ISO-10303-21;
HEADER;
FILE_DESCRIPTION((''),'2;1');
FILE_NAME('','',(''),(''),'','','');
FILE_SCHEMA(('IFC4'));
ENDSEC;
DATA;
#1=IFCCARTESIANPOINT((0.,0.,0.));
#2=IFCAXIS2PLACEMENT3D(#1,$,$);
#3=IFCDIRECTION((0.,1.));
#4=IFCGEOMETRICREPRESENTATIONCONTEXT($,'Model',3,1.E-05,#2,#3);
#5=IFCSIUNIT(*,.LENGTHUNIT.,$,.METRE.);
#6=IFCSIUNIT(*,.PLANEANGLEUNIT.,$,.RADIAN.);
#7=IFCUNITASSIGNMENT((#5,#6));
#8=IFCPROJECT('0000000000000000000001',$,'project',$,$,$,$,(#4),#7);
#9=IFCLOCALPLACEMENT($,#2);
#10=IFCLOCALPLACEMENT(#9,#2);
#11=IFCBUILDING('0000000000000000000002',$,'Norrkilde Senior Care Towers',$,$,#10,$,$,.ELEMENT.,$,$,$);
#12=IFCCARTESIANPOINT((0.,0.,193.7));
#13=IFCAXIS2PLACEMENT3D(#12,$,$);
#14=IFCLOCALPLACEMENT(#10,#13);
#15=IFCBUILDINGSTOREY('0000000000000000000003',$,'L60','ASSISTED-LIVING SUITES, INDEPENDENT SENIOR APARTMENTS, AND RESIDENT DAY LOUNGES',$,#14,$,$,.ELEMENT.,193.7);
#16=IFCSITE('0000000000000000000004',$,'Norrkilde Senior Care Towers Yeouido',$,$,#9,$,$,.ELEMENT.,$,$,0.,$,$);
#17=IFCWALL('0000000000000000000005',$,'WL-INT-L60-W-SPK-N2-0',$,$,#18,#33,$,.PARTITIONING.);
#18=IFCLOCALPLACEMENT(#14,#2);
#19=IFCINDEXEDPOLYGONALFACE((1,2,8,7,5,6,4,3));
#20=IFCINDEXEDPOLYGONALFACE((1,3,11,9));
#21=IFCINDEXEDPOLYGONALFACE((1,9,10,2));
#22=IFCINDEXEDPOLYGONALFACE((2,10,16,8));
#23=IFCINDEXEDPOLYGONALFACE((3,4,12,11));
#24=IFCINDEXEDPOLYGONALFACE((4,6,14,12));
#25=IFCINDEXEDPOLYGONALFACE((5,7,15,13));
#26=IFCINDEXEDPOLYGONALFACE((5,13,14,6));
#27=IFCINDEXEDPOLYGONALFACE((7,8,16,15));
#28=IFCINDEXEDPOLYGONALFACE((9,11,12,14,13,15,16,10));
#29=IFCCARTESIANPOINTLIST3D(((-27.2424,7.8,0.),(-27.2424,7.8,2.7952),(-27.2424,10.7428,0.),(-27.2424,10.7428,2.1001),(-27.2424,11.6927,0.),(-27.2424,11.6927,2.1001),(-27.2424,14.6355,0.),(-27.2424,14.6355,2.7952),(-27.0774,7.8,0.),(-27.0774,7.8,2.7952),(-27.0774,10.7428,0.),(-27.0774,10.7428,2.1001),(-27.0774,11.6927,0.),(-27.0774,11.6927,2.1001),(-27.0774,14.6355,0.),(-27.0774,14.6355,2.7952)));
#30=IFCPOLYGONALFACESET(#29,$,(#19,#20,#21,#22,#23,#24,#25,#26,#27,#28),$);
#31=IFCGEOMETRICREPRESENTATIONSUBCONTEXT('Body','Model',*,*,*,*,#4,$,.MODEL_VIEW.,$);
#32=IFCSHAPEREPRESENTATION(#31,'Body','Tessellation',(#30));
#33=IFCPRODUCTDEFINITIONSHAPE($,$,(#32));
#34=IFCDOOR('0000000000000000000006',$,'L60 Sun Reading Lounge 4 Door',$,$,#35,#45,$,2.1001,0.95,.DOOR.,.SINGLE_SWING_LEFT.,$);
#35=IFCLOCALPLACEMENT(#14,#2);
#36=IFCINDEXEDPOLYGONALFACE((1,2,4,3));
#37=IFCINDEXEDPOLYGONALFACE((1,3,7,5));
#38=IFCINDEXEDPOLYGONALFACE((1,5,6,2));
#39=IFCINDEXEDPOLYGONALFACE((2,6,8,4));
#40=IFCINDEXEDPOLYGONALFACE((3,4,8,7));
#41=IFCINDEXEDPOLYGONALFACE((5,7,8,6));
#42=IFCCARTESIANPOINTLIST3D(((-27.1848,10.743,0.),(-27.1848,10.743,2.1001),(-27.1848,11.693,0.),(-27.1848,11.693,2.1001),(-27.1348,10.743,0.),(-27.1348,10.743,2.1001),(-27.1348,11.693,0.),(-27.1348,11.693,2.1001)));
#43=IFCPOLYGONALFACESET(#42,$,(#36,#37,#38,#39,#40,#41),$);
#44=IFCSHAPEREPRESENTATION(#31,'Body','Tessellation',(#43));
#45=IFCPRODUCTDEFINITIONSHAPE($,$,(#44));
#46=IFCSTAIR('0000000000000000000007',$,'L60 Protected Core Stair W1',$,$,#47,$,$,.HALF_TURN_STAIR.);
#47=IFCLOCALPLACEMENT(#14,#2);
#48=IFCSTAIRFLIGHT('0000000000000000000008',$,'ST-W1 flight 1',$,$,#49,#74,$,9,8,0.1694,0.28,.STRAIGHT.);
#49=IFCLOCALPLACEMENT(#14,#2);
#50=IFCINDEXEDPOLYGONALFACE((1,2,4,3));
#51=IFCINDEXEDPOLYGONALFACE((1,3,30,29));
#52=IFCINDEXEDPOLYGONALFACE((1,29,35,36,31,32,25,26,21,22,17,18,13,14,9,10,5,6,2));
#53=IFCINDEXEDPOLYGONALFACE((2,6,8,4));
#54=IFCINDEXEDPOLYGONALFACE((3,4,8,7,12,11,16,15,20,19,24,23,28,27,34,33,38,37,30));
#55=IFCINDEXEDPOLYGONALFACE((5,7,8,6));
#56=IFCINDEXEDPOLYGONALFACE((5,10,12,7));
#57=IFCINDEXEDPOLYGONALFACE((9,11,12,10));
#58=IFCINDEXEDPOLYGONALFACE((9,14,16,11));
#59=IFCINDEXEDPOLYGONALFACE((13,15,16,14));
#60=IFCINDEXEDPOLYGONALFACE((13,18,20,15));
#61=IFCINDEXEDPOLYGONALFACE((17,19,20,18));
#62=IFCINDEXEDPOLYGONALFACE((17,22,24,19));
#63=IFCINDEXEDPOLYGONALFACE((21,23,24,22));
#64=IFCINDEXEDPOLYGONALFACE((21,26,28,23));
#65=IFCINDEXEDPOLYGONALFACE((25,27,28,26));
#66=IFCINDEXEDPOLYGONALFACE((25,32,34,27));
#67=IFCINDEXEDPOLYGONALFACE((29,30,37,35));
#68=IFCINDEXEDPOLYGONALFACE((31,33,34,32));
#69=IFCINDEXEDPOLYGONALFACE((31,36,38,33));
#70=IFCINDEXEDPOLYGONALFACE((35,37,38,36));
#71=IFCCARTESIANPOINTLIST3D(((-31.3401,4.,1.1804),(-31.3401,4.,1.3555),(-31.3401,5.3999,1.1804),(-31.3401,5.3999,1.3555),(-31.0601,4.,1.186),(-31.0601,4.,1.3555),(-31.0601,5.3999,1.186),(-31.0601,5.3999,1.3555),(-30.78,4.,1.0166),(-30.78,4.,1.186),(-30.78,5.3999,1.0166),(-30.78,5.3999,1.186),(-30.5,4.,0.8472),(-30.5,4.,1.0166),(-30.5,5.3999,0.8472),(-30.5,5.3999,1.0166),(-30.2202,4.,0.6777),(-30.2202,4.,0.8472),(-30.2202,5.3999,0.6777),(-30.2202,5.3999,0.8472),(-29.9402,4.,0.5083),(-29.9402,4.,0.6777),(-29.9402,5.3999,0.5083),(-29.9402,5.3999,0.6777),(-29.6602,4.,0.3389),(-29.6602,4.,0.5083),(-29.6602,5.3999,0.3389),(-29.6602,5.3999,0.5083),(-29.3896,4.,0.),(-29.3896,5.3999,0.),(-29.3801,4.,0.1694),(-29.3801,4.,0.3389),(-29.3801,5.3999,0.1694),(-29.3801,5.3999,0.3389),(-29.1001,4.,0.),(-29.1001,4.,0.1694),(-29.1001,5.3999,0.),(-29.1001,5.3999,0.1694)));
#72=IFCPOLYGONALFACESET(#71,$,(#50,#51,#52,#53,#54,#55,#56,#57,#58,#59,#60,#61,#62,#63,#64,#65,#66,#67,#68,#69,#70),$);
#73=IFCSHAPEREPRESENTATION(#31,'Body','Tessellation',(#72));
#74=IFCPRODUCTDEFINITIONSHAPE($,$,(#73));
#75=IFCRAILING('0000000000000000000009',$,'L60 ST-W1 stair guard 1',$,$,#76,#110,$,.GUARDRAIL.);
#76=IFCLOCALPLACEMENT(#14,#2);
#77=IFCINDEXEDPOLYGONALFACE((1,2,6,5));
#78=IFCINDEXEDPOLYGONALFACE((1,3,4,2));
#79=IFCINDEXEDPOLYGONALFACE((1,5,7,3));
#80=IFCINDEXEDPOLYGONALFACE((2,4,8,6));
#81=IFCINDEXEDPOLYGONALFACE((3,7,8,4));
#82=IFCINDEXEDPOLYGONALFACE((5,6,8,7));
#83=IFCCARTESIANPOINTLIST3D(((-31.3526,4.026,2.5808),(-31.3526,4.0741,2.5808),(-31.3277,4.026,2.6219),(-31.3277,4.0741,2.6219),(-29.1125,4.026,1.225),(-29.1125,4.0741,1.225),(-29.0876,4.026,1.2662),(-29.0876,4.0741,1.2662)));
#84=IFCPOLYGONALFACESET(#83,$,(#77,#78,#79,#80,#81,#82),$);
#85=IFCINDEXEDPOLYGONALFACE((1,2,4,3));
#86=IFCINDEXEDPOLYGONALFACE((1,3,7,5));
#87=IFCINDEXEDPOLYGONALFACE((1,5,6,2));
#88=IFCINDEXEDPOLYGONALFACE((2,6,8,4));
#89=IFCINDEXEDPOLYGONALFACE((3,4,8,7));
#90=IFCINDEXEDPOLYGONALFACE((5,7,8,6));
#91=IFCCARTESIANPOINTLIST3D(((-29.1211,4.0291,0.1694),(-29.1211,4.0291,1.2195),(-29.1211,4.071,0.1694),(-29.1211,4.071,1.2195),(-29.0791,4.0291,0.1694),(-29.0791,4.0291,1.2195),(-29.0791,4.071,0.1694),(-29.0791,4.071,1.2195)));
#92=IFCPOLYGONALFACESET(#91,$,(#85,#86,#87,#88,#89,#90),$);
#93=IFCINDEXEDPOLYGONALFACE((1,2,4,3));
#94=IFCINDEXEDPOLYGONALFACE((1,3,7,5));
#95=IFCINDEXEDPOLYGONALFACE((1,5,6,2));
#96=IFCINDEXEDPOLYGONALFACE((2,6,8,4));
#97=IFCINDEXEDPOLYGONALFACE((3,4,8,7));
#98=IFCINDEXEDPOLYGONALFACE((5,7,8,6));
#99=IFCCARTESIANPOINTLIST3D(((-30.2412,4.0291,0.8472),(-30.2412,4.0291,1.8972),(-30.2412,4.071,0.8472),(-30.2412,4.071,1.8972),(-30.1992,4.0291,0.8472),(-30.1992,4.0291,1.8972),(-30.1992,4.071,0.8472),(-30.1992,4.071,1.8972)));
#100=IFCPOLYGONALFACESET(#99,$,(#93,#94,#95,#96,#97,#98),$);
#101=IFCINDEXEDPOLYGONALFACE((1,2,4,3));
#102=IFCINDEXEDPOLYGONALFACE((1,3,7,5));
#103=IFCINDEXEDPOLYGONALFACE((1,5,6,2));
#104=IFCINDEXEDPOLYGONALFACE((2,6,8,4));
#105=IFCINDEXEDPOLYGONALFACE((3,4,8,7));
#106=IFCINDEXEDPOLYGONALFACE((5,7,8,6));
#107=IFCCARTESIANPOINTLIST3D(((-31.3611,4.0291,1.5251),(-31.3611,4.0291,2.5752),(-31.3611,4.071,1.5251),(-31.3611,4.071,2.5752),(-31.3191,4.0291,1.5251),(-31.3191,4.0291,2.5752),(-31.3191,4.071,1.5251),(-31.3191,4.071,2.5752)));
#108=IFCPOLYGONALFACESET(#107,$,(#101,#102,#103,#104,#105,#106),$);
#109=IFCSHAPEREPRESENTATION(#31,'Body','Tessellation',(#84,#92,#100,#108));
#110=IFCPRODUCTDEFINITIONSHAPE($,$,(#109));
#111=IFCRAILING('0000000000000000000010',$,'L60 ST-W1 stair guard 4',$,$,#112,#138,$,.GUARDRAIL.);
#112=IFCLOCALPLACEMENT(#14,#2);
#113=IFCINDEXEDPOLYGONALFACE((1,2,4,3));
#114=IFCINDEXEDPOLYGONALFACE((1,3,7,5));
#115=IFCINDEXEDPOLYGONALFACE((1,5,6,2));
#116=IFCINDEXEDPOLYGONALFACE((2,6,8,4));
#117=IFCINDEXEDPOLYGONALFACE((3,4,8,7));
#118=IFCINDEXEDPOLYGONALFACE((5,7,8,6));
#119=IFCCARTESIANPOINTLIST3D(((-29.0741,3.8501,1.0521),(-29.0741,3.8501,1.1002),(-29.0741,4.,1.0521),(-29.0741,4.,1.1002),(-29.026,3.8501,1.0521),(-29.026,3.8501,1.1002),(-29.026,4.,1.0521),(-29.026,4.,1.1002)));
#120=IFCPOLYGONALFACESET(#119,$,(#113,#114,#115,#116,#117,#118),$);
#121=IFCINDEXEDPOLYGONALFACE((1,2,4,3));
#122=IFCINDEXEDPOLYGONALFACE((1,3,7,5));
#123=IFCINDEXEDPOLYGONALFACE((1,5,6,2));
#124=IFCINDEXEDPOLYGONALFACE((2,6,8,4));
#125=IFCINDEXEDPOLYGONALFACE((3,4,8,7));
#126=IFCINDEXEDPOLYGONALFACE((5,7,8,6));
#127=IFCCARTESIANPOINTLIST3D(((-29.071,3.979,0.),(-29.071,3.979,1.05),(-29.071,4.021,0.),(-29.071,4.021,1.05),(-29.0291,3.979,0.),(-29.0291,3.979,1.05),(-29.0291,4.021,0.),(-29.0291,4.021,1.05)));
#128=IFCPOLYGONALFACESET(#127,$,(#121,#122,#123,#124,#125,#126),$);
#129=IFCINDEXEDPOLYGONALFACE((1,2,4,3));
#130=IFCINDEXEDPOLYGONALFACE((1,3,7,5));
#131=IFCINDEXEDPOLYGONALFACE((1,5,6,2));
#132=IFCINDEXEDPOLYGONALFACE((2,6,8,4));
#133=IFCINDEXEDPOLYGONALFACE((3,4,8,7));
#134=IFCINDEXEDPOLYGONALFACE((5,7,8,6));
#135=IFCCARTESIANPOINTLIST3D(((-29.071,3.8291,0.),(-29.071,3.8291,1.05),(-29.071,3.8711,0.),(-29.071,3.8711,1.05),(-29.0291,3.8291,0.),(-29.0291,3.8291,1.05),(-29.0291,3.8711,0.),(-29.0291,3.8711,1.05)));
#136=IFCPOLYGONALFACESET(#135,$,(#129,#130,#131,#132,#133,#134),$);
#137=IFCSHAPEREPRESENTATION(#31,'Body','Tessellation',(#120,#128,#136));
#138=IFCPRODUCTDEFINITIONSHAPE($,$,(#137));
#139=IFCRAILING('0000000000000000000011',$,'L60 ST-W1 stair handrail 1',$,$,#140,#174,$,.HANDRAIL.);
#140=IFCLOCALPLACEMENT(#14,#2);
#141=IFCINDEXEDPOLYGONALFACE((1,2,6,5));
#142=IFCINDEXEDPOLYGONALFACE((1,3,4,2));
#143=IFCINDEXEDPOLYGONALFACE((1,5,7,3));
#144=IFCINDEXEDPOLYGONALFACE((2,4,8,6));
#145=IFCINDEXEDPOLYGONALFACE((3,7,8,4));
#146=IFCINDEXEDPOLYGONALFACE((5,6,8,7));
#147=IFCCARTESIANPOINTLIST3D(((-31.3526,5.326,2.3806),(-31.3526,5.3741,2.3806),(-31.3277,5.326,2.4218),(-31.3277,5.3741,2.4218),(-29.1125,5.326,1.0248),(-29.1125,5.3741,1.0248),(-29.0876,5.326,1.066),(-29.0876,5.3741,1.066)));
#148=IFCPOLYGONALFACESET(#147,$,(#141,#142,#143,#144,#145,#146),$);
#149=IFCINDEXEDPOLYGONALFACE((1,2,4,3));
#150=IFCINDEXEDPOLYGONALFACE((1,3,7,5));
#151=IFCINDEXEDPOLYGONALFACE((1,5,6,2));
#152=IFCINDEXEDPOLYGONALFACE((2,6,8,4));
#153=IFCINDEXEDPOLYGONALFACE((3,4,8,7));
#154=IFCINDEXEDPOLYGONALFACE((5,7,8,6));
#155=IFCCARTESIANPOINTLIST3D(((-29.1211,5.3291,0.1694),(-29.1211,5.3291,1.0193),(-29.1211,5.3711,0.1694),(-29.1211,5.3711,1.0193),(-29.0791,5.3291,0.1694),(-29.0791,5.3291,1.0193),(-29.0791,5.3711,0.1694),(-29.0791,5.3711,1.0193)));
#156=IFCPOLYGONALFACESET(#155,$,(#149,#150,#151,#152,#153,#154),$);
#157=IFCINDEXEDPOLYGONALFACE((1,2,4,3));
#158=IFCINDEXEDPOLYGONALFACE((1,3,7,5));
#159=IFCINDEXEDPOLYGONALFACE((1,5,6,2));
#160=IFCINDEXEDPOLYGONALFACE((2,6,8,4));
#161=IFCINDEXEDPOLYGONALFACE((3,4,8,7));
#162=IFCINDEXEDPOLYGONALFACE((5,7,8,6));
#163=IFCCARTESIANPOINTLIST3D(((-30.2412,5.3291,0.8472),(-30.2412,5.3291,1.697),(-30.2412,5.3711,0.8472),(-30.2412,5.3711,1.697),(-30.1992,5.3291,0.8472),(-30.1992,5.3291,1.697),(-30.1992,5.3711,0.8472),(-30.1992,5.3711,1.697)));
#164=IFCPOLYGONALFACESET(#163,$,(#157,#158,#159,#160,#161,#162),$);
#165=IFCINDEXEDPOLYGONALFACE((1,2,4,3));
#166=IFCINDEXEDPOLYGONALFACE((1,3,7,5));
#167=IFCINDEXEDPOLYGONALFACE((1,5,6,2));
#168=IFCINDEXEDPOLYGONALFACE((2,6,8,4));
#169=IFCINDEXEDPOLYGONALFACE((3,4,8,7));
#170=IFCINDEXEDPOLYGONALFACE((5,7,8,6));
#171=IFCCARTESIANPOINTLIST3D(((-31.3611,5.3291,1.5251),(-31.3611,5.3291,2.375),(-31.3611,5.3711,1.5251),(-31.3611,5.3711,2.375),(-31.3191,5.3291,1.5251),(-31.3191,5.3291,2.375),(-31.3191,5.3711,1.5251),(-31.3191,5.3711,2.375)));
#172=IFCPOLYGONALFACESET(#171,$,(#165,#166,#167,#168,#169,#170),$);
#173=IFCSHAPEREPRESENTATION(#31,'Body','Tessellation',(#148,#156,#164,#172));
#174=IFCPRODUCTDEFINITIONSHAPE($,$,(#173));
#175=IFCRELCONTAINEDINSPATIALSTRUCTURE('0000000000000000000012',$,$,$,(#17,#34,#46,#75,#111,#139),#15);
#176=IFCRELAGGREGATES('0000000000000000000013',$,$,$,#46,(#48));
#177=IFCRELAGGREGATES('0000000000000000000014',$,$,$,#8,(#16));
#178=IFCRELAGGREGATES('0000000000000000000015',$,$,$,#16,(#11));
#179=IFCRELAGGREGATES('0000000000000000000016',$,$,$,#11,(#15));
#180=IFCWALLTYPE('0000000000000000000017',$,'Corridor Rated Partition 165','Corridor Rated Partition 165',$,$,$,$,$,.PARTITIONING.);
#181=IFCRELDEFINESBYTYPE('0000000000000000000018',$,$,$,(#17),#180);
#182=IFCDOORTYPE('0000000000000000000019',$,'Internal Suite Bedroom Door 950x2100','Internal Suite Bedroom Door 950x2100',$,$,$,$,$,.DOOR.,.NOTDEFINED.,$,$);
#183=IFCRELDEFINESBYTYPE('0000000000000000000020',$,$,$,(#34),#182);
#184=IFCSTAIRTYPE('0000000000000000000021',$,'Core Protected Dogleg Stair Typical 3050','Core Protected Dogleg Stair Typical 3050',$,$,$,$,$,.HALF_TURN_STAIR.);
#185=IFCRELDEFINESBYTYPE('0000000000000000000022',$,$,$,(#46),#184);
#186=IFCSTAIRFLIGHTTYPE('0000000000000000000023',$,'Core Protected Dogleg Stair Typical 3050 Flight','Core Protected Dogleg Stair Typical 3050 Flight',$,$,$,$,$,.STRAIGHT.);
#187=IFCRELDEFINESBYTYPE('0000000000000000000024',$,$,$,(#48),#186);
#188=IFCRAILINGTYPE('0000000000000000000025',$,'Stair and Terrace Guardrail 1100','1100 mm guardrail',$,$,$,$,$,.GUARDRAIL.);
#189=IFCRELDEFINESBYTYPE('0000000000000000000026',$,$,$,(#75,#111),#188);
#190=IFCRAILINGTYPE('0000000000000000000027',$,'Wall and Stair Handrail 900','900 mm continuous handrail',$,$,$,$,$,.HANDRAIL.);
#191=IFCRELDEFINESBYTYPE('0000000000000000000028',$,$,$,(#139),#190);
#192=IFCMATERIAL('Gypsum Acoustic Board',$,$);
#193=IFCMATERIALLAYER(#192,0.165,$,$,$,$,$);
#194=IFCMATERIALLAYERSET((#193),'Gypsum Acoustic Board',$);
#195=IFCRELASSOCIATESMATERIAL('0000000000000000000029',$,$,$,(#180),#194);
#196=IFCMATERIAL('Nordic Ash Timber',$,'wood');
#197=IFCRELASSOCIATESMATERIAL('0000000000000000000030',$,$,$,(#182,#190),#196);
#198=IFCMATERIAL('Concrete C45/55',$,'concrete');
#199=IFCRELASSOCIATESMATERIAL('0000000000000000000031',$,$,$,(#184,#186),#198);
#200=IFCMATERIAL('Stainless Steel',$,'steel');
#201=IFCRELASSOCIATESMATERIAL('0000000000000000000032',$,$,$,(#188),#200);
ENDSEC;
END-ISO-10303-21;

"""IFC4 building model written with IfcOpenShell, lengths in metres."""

from ifc_helpers import new_model, si_unit, direction, frame, frame_2d, origin, origin_2d, place, context, subcontext, project, spatial, polyline, rectangle, outline, extrude, source, transform, mapped, material, layer, layer_set, type_object, type_shapes, element, fill, aggregate, save


model = new_model("IFC4")

# Units and contexts
model_context = context("Model", 3, precision=1e-05, world=origin(), true_north=direction((0.0, 1.0)))
body_context = subcontext(model_context, "Body", "Model", "MODEL_VIEW")
ifc_project = project(units=[si_unit("LENGTHUNIT", "METRE"), si_unit("PLANEANGLEUNIT", "RADIAN")], contexts=[model_context])

# Site, building, storey
site_placement = place(None, origin())
site = spatial("IfcSite", under=ifc_project, at=site_placement, Name="Norrkilde Senior Care Towers Yeouido", CompositionType="ELEMENT", RefElevation=0.0)
building_placement = place(site_placement, origin())
building = spatial("IfcBuilding", under=site, at=building_placement, Name="Norrkilde Senior Care Towers", CompositionType="ELEMENT")
storey_placement = place(building_placement, frame((0.0, 0.0, 193.7)))
storey = spatial("IfcBuildingStorey", under=building, at=storey_placement, Name="L60", Description="ASSISTED-LIVING SUITES, INDEPENDENT SENIOR APARTMENTS, AND RESIDENT DAY LOUNGES", CompositionType="ELEMENT", Elevation=193.7)

# Shared definitions
ifc_material_1 = material(Name="Concrete C45/55", Category="concrete")
ifc_material_2 = material(Name="Stainless Steel", Category="steel")

# Shared definitions
ifc_material_3 = material(Name="Gypsum Acoustic Board")
ifc_layer_1 = layer(ifc_material_3, 0.165)
ifc_layer_set_1 = layer_set([ifc_layer_1], Name="Gypsum Acoustic Board")
wall_type_1 = type_object("IfcWallType", Name="Corridor Rated Partition 165", Description="Corridor Rated Partition 165", PredefinedType="PARTITIONING", material=ifc_layer_set_1)
ifc_material_4 = material(Name="Nordic Ash Timber", Category="wood")

# Wall, opening, door
shared_shape_1 = source(origin(), body_context, "Body", "SweptSolid", [
    extrude(rectangle(XDim=6.8354, YDim=0.165, at=frame_2d((3.4177, 0.0))), origin(), (0.0, 0.0, 1.0), 2.7952),
])
door_type_1 = type_object("IfcDoorType", Name="Internal Suite Bedroom Door 950x2100", Description="Internal Suite Bedroom Door 950x2100", OperationType="NOTDEFINED", PredefinedType="DOOR", material=ifc_material_4)
shared_shape_2 = source(origin(), body_context, "Body", "SweptSolid", [
    extrude(rectangle(XDim=0.95, YDim=2.1001, at=frame_2d((0.4751, 1.05))), frame((0.0, 0.0249, 0.0), z_axis=(0.0, -1.0, 0.0), x_axis=(1.0, 0.0, 0.0)), (0.0, 0.0, 1.0), 0.05),
])
type_shapes(door_type_1, [shared_shape_2])
wall_1_placement = place(storey_placement, frame((-27.1599, 14.6355, 0.0), z_axis=(0.0, 0.0, 1.0), x_axis=(0.0, -1.0, 0.0)))
wall_1 = element("IfcWall", 1, at=wall_1_placement, inside=storey, type_object=wall_type_1, Name="WL-INT-L60-W-SPK-N2-0", PredefinedType="PARTITIONING", context=body_context, shape_type="MappedRepresentation", body=[
    mapped(shared_shape_1, transform((0.0, 0.0, 0.0), x_axis=(1.0, 0.0, 0.0), y_axis=(0.0, 1.0, 0.0), z_axis=(0.0, 0.0, 1.0), scale=1.0)),
])
opening_1_placement = place(wall_1_placement, frame((2.9426, 0.0, 0.0)))
opening_1 = element("IfcOpeningElement", 2, at=opening_1_placement, cuts=wall_1, PredefinedType="OPENING", context=body_context, shape_type="SweptSolid", body=[
    extrude(rectangle(XDim=0.95, YDim=2.1001, at=frame_2d((0.4751, 1.05))), frame((0.0, 0.0925, 0.0), z_axis=(0.0, -1.0, 0.0), x_axis=(1.0, 0.0, 0.0)), (0.0, 0.0, 1.0), 0.1851),
])
door_1_placement = place(opening_1_placement, frame((0.95, 0.0, 0.0), z_axis=(0.0, 0.0, 1.0), x_axis=(-1.0, 0.0, 0.0)))
door_1 = element("IfcDoor", 3, at=door_1_placement, inside=storey, type_object=door_type_1, Name="L60 Sun Reading Lounge 4 Door", OperationType="SINGLE_SWING_LEFT", OverallHeight=2.1001, OverallWidth=0.95, PredefinedType="DOOR", context=body_context, shape_type="MappedRepresentation", body=[
    mapped(shared_shape_2, transform((0.0, 0.0, 0.0), x_axis=(1.0, 0.0, 0.0), y_axis=(0.0, 1.0, 0.0), z_axis=(0.0, 0.0, 1.0), scale=1.0)),
])
fill(opening_1, door_1)

# Stair, stair flight
stair_type = type_object("IfcStairType", Name="Core Protected Dogleg Stair Typical 3050", Description="Core Protected Dogleg Stair Typical 3050", PredefinedType="HALF_TURN_STAIR", material=ifc_material_1)
stair_placement = place(storey_placement, origin())
stair = element("IfcStair", 4, at=stair_placement, inside=storey, type_object=stair_type, Name="L60 Protected Core Stair W1", PredefinedType="HALF_TURN_STAIR")
stair_flight_type = type_object("IfcStairFlightType", Name="Core Protected Dogleg Stair Typical 3050 Flight", Description="Core Protected Dogleg Stair Typical 3050 Flight", PredefinedType="STRAIGHT", material=ifc_material_1)
stair_flight_placement = place(storey_placement, frame((-29.1001, 4.7, 0.0), z_axis=(0.0, 0.0, 1.0), x_axis=(-1.0, 0.0, 0.0)))
stair_flight = element("IfcStairFlight", 5, at=stair_flight_placement, type_object=stair_flight_type, Name="ST-W1 flight 1", NumberOfRisers=9, NumberOfTreads=8, PredefinedType="STRAIGHT", RiserHeight=0.1694, TreadLength=0.28, context=body_context, shape_type="SweptSolid", body=[
    extrude(outline(polyline([(0.0, 0.0), (0.0, 0.1694), (0.28, 0.1694), (0.28, 0.3389), (0.5601, 0.3389), (0.5601, 0.5083), (0.8401, 0.5083), (0.8401, 0.6777), (1.1201, 0.6777), (1.1201, 0.8472), (1.3999, 0.8472), (1.3999, 1.0166), (1.6799, 1.0166), (1.6799, 1.186), (1.96, 1.186), (1.96, 1.3555), (2.24, 1.3555), (2.24, 1.5249), (2.24, 1.1804), (0.2896, 0.0), (0.0, 0.0)])), frame((0.0, 0.7, 0.0), z_axis=(0.0, -1.0, 0.0), x_axis=(1.0, 0.0, 0.0)), (0.0, 0.0, 1.0), 1.3999),
])
aggregate(stair, [stair_flight])

# Railings
railing_type_1 = type_object("IfcRailingType", Name="Stair and Terrace Guardrail 1100", Description="1100 mm guardrail", PredefinedType="GUARDRAIL", material=ifc_material_2)
railing_1_placement = place(storey_placement, frame((-29.1001, 4.05, 0.1694)))
element("IfcRailing", 6, at=railing_1_placement, inside=storey, type_object=railing_type_1, Name="L60 ST-W1 stair guard 1", PredefinedType="GUARDRAIL", context=body_context, shape_type="SweptSolid", body=[
    extrude(rectangle(XDim=0.0481, YDim=0.0481, at=origin_2d()), frame((0.0, 0.0, 1.0762), z_axis=(-0.855512, 0.0, 0.517783), x_axis=(0.0, -1.0, 0.0)), (0.0, 0.0, 1.0), 2.6184),
    extrude(rectangle(XDim=0.042, YDim=0.042, at=origin_2d()), origin(), (0.0, 0.0, 1.0), 1.05),
    extrude(rectangle(XDim=0.042, YDim=0.042, at=origin_2d()), frame((-1.1201, 0.0, 0.6777)), (0.0, 0.0, 1.0), 1.05),
    extrude(rectangle(XDim=0.042, YDim=0.042, at=origin_2d()), frame((-2.24, 0.0, 1.3557)), (0.0, 0.0, 1.0), 1.05),
])
railing_2_placement = place(storey_placement, frame((-29.05, 4.0, 0.0)))
element("IfcRailing", 7, at=railing_2_placement, inside=storey, type_object=railing_type_1, Name="L60 ST-W1 stair guard 4", PredefinedType="GUARDRAIL", context=body_context, shape_type="SweptSolid", body=[
    extrude(rectangle(XDim=0.0481, YDim=0.0481, at=origin_2d()), frame((0.0, 0.0, 1.0762), z_axis=(0.0, -1.0, 0.0), x_axis=(1.0, 0.0, 0.0)), (0.0, 0.0, 1.0), 0.1499),
    extrude(rectangle(XDim=0.042, YDim=0.042, at=origin_2d()), origin(), (0.0, 0.0, 1.0), 1.05),
    extrude(rectangle(XDim=0.042, YDim=0.042, at=origin_2d()), frame((0.0, -0.1499, 0.0)), (0.0, 0.0, 1.0), 1.05),
])
railing_type_2 = type_object("IfcRailingType", Name="Wall and Stair Handrail 900", Description="900 mm continuous handrail", PredefinedType="HANDRAIL", material=ifc_material_4)
railing_3_placement = place(storey_placement, frame((-29.1001, 5.3501, 0.1694)))
element("IfcRailing", 8, at=railing_3_placement, inside=storey, type_object=railing_type_2, Name="L60 ST-W1 stair handrail 1", PredefinedType="HANDRAIL", context=body_context, shape_type="SweptSolid", body=[
    extrude(rectangle(XDim=0.0481, YDim=0.0481, at=origin_2d()), frame((0.0, 0.0, 0.876), z_axis=(-0.855512, 0.0, 0.517783), x_axis=(0.0, -1.0, 0.0)), (0.0, 0.0, 1.0), 2.6184),
    extrude(rectangle(XDim=0.042, YDim=0.042, at=origin_2d()), origin(), (0.0, 0.0, 1.0), 0.8499),
    extrude(rectangle(XDim=0.042, YDim=0.042, at=origin_2d()), frame((-1.1201, 0.0, 0.6777)), (0.0, 0.0, 1.0), 0.8499),
    extrude(rectangle(XDim=0.042, YDim=0.042, at=origin_2d()), frame((-2.24, 0.0, 1.3557)), (0.0, 0.0, 1.0), 0.8499),
])

save(model, "model.ifc")
